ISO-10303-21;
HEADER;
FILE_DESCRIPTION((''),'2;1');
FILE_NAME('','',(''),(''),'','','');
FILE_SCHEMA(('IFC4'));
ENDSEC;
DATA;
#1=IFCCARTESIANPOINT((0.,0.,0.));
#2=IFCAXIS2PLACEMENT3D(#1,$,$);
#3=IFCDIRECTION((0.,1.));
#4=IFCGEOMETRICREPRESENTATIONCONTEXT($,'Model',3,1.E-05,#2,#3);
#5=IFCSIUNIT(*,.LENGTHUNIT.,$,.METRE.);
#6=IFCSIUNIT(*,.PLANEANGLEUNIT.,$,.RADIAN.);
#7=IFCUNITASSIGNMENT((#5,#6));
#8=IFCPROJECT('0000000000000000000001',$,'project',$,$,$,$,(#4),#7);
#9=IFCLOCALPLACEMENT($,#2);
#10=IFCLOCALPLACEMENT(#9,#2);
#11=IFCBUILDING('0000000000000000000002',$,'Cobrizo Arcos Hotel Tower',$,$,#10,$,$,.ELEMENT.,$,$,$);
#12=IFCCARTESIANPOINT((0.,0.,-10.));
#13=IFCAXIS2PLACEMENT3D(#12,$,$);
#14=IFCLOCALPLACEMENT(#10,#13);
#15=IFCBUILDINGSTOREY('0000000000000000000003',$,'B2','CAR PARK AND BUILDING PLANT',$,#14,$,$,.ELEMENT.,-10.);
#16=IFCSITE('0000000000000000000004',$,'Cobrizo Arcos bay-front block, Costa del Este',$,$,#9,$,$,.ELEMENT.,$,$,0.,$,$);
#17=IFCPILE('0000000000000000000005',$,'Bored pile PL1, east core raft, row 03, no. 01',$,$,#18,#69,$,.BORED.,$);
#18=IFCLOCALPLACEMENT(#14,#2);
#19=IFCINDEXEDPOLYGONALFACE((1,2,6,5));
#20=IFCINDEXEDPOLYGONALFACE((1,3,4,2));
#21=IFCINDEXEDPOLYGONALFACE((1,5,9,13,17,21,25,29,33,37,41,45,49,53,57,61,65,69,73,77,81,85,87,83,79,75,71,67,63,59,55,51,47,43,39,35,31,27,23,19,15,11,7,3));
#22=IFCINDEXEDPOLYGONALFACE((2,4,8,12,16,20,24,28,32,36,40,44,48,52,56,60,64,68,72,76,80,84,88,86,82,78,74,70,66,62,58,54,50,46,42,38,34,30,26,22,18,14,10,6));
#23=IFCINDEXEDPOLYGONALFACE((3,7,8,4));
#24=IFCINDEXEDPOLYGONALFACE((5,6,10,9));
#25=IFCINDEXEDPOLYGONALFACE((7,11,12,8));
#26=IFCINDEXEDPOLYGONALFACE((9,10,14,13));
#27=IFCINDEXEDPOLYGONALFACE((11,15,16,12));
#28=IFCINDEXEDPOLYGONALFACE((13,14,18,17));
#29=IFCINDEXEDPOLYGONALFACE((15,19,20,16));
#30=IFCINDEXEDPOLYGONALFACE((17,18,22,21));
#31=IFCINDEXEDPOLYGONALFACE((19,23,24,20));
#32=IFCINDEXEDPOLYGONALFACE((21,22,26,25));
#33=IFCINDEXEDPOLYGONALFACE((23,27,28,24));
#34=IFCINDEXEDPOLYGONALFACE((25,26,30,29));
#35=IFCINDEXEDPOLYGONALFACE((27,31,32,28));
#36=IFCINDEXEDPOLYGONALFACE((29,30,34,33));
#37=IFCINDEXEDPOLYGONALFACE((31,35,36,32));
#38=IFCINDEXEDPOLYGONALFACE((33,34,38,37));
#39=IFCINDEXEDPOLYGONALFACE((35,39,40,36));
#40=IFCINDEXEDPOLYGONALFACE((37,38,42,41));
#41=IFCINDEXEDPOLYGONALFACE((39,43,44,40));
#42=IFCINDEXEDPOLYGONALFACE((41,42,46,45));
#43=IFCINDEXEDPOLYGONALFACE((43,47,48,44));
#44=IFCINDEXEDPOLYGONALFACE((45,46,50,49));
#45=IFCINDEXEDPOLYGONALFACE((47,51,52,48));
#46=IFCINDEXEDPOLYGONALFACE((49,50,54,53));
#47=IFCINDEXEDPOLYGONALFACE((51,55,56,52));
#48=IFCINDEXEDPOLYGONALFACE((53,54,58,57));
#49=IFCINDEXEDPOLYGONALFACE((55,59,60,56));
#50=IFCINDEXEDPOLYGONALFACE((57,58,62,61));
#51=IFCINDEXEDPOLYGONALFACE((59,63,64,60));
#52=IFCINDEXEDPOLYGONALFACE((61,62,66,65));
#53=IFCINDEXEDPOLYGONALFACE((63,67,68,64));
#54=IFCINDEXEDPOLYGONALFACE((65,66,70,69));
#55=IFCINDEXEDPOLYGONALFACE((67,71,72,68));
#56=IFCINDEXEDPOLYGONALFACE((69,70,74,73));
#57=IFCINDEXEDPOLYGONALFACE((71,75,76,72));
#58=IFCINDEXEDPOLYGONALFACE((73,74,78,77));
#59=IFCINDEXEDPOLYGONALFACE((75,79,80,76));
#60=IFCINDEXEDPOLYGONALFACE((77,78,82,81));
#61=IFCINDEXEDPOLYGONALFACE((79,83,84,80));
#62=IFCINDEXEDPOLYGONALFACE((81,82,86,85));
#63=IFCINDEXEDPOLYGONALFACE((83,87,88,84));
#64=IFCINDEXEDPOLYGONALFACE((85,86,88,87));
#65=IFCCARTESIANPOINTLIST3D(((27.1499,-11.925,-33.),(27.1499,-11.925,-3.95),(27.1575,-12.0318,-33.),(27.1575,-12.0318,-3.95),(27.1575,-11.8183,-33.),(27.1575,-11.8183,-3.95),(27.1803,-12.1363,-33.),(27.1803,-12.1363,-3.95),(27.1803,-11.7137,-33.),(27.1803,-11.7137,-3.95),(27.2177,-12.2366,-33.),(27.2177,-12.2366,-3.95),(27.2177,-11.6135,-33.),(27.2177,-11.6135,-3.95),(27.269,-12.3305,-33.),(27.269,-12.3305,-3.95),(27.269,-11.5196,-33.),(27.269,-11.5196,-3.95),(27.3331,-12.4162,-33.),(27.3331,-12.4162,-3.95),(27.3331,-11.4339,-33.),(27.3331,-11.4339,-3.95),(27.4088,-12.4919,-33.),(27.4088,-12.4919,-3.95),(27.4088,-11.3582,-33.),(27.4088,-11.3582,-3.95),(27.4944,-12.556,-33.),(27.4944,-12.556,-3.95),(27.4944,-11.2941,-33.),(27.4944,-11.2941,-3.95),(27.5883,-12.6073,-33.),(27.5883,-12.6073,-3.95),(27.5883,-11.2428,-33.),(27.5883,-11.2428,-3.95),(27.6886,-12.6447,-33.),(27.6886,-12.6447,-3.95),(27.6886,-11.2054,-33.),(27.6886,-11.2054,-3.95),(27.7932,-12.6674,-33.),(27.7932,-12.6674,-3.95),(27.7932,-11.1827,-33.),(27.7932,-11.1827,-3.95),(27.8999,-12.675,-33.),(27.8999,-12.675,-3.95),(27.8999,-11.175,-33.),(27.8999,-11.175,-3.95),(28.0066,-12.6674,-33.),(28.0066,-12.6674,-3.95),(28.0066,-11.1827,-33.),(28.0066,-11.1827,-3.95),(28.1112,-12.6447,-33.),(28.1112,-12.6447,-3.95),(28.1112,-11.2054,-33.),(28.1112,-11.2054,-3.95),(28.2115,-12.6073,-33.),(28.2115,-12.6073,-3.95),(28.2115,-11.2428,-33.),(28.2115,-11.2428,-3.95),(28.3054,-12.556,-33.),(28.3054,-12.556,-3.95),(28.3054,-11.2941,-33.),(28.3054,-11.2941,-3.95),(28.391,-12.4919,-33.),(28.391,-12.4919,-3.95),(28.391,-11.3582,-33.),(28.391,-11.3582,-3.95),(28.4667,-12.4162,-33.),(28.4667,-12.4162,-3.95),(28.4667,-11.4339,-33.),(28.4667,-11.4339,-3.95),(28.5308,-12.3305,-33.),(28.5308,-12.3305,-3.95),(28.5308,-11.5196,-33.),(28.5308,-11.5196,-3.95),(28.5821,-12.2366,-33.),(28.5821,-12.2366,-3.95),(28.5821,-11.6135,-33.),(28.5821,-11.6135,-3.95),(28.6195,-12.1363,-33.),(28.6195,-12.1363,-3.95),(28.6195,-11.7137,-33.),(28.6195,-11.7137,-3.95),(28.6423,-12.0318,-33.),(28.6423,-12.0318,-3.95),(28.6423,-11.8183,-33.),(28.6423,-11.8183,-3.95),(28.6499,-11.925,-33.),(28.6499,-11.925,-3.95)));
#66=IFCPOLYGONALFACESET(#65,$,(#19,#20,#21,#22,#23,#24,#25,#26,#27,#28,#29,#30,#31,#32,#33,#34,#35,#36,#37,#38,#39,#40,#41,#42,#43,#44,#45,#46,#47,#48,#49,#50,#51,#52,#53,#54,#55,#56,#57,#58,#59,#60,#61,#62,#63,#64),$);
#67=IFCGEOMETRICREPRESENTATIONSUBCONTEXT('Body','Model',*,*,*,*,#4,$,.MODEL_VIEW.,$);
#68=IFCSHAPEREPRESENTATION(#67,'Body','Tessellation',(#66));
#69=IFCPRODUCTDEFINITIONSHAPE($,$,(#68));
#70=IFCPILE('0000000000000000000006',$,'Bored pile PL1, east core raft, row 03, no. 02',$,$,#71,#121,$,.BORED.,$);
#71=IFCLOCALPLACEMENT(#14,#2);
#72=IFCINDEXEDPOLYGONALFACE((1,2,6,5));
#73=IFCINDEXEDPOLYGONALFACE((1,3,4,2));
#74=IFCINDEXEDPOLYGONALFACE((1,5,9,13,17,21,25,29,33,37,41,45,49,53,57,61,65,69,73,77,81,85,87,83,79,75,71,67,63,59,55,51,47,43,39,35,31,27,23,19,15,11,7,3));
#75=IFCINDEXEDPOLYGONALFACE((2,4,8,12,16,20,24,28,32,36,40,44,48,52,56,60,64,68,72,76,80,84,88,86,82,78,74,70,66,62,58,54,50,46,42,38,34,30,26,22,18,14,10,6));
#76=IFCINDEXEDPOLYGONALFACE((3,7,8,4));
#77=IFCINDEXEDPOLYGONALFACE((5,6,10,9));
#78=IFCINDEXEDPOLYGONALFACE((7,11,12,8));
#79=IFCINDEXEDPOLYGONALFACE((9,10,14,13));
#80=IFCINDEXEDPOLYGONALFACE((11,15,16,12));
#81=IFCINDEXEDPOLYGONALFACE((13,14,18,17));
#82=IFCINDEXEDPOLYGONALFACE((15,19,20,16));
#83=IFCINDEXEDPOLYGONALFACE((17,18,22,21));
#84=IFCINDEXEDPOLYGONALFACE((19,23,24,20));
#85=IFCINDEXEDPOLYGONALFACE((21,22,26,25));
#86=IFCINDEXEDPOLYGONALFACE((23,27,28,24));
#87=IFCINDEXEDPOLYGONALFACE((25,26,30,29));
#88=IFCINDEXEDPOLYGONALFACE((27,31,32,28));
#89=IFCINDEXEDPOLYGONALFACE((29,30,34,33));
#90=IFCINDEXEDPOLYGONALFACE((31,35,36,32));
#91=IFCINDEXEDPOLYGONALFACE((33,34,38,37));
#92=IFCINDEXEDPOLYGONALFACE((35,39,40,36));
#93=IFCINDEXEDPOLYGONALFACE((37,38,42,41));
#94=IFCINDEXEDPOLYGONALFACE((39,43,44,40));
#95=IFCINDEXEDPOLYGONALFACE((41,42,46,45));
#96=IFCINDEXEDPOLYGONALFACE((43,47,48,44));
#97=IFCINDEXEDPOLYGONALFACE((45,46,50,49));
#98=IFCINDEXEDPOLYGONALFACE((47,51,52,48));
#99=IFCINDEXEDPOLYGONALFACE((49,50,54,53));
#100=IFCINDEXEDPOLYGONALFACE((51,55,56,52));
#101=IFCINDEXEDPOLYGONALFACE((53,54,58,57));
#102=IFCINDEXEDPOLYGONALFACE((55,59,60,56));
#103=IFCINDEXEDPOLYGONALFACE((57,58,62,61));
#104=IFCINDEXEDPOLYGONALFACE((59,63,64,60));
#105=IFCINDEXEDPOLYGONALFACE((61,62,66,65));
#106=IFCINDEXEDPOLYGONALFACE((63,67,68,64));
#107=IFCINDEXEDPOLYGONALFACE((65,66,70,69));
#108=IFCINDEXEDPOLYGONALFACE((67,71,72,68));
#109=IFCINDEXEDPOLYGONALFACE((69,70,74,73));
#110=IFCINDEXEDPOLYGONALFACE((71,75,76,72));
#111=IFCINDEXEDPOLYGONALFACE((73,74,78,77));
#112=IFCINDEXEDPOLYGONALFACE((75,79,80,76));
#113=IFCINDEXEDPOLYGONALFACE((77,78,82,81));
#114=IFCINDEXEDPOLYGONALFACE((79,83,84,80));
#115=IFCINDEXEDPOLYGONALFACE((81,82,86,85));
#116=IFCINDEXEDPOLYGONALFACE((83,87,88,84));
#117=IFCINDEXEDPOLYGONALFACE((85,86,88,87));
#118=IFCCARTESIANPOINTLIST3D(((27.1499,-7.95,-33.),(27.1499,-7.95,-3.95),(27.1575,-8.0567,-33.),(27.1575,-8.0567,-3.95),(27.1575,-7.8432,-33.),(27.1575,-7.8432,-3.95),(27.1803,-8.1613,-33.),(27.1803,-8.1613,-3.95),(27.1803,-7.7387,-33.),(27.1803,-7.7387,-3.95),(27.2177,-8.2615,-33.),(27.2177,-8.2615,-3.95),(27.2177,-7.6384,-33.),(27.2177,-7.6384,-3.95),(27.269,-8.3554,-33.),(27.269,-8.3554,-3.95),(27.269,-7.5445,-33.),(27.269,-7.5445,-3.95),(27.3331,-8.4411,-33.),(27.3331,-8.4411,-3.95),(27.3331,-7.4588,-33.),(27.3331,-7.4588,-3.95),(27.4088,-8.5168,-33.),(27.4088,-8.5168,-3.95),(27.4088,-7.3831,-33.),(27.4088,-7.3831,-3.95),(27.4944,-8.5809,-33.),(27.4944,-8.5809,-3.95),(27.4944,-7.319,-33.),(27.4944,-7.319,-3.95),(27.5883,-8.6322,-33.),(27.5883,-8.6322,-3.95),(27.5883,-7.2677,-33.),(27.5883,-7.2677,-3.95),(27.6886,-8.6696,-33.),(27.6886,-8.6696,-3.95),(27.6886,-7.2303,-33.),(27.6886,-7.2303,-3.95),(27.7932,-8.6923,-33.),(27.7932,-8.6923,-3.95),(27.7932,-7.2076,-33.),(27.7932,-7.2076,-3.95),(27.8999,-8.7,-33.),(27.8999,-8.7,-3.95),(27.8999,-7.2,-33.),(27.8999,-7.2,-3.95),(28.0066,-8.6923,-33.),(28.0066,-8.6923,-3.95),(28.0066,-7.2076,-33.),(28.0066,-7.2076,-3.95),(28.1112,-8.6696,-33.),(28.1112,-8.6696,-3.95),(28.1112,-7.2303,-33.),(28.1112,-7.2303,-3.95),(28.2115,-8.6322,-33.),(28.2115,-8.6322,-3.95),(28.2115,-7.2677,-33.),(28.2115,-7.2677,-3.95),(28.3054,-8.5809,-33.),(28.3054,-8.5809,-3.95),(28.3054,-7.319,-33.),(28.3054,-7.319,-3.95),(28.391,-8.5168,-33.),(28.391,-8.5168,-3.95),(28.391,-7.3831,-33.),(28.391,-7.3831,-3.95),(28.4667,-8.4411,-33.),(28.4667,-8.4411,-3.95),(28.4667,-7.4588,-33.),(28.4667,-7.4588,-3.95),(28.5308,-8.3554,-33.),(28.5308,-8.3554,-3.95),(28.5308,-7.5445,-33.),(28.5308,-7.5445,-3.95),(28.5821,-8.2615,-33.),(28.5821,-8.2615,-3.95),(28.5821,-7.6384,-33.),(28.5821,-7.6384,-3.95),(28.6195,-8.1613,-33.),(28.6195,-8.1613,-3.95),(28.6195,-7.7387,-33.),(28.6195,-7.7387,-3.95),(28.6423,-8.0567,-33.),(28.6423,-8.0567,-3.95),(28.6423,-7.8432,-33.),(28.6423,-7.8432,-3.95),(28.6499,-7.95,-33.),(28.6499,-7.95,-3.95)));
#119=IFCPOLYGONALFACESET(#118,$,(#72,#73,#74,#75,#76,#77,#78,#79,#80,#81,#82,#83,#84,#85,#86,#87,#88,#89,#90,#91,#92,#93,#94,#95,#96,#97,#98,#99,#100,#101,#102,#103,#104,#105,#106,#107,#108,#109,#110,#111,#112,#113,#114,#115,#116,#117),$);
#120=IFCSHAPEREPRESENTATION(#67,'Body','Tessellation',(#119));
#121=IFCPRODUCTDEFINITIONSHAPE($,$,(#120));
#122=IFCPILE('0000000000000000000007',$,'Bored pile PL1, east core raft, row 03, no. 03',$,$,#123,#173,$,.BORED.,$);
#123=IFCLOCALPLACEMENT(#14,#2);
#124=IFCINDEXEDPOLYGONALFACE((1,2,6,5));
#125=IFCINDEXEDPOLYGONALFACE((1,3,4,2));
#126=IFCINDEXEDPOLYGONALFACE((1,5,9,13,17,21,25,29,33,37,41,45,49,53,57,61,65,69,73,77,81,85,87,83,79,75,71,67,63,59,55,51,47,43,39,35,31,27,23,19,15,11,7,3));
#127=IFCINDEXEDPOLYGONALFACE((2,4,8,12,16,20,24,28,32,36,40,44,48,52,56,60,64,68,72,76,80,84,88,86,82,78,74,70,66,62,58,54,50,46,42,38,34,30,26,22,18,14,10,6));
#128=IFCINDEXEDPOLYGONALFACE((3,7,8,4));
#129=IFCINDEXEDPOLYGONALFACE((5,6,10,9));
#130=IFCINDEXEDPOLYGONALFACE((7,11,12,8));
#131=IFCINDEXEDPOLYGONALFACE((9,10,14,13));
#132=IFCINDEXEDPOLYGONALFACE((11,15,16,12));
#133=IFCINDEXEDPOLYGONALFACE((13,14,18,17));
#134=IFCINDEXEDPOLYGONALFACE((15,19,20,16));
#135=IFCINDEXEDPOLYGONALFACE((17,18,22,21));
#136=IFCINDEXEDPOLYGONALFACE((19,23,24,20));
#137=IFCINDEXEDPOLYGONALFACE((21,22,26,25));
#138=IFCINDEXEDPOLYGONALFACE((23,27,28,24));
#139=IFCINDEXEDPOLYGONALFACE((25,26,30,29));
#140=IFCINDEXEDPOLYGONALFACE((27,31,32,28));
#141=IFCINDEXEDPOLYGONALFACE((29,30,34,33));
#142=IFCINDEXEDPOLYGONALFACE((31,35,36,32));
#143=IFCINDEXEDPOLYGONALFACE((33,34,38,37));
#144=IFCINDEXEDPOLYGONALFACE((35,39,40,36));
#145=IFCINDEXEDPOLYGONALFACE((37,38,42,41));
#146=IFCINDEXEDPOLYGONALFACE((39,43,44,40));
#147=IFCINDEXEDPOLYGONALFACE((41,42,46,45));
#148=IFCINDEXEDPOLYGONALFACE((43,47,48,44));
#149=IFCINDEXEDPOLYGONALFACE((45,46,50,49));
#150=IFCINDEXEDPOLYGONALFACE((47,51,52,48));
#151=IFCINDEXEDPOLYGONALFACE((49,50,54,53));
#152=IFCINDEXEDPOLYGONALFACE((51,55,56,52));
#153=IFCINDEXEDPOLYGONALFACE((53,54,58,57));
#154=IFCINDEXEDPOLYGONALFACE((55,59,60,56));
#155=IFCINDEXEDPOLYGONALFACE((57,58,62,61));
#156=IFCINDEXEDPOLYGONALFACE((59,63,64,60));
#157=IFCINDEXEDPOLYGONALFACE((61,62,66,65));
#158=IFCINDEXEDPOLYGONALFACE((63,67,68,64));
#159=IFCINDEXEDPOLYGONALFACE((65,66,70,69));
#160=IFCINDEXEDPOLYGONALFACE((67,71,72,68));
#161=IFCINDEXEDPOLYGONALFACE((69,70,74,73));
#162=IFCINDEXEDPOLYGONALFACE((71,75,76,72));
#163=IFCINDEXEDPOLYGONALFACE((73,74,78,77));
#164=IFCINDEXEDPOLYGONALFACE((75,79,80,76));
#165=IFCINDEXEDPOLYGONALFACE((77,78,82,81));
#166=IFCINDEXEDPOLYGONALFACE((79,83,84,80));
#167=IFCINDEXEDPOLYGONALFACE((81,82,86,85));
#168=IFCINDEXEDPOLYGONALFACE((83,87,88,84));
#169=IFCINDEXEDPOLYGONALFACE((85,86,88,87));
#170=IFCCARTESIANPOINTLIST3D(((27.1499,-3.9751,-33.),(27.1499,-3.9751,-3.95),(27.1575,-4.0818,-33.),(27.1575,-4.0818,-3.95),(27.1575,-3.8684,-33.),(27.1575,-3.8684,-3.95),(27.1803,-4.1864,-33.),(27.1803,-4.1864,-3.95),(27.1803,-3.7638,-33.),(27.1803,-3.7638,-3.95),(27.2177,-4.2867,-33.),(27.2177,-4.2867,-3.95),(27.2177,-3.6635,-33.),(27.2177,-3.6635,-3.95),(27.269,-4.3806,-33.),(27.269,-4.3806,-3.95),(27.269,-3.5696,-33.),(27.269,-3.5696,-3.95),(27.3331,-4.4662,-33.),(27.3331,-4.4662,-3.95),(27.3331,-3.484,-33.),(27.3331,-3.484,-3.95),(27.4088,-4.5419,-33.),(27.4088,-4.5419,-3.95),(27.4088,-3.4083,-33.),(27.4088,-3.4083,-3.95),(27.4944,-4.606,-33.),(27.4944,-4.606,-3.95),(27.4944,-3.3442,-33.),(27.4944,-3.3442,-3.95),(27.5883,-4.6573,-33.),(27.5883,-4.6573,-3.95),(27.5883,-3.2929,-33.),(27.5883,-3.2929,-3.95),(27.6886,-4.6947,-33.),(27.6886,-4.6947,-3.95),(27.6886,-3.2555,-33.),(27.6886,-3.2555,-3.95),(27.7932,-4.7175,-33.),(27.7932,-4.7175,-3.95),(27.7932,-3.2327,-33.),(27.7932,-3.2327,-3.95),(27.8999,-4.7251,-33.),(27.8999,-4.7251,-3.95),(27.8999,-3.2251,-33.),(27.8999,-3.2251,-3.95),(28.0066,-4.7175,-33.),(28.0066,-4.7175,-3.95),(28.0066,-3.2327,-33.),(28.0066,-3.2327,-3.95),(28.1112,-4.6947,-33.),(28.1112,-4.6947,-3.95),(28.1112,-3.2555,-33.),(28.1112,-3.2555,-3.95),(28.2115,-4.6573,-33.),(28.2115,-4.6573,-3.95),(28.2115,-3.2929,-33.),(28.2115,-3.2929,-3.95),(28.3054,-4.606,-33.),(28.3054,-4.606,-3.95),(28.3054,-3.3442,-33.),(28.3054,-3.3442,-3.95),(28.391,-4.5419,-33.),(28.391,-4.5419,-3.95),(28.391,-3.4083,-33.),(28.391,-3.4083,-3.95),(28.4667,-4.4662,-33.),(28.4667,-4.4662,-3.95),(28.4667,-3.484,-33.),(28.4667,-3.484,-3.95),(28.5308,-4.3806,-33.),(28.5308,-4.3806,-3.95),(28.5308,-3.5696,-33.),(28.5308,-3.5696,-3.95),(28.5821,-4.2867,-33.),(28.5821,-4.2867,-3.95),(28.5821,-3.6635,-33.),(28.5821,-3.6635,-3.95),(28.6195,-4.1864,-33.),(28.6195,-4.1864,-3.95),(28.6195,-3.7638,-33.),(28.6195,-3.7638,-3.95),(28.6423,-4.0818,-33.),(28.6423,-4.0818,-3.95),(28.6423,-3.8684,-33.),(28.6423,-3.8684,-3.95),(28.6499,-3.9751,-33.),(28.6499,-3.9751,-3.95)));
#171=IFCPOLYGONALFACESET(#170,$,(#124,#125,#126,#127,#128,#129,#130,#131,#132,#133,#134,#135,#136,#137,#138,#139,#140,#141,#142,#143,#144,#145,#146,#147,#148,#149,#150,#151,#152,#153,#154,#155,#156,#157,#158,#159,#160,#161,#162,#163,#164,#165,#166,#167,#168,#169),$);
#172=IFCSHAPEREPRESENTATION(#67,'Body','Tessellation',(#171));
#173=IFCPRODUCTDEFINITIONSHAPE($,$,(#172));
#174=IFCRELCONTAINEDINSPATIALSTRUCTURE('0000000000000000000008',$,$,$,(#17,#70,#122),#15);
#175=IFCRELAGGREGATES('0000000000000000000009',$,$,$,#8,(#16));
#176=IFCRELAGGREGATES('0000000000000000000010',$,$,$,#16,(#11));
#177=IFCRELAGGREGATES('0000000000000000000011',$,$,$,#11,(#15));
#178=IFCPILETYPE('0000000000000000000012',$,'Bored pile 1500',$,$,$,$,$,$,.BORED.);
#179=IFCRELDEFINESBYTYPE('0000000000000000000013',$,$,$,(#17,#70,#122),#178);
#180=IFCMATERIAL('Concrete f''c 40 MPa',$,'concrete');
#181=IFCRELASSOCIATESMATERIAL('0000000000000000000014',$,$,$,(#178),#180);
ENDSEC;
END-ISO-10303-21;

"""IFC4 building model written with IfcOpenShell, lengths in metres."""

from ifc_helpers import new_model, si_unit, direction, frame, origin, origin_2d, place, context, subcontext, project, spatial, circle, extrude, material, material_profile, profile_set, type_object, element, save


model = new_model("IFC4")

# Units and contexts
model_context = context("Model", 3, precision=1e-05, world=origin(), true_north=direction((0.0, 1.0)))
body_context = subcontext(model_context, "Body", "Model", "MODEL_VIEW")
ifc_project = project(units=[si_unit("LENGTHUNIT", "METRE"), si_unit("PLANEANGLEUNIT", "RADIAN")], contexts=[model_context])

# Site, building, storey
site_placement = place(None, origin())
site = spatial("IfcSite", under=ifc_project, at=site_placement, Name="Cobrizo Arcos bay-front block, Costa del Este", CompositionType="ELEMENT", RefElevation=0.0)
building_placement = place(site_placement, origin())
building = spatial("IfcBuilding", under=site, at=building_placement, Name="Cobrizo Arcos Hotel Tower", CompositionType="ELEMENT")
storey_placement = place(building_placement, frame((0.0, 0.0, -10.0)))
storey = spatial("IfcBuildingStorey", under=building, at=storey_placement, Name="B2", Description="CAR PARK AND BUILDING PLANT", CompositionType="ELEMENT", Elevation=-10.0)

# Piles
ifc_material_1 = material(Name="Concrete f'c 40 MPa", Category="concrete")
ifc_material_profile_1 = material_profile(ifc_material_1, circle(Radius=0.75, at=origin_2d()), Name="BORED PILE 1500")
ifc_profile_set_1 = profile_set([ifc_material_profile_1], Name="Concrete f'c 40 MPa")
pile_type = type_object("IfcPileType", Name="Bored pile 1500", PredefinedType="BORED", material=ifc_profile_set_1)
for number, where, z_axis, x_axis, name in (
    (1, (27.8999, -11.925, -3.95), (0.0, 0.0, -1.0), (1.0, 0.0, 0.0), "Bored pile PL1, east core raft, row 03, no. 01"),
    (2, (27.8999, -7.95, -3.95), (0.0, 0.0, -1.0), (1.0, 0.0, 0.0), "Bored pile PL1, east core raft, row 03, no. 02"),
    (3, (27.8999, -3.9751, -3.95), (0.0, 0.0, -1.0), (1.0, 0.0, 0.0), "Bored pile PL1, east core raft, row 03, no. 03"),
):
    element("IfcPile", number, at=place(storey_placement, frame(where, z_axis=z_axis, x_axis=x_axis)), inside=storey, type_object=pile_type, Name=name, PredefinedType="BORED", context=body_context, shape_type="SweptSolid", body=[
        extrude(circle(Radius=0.75, at=origin_2d()), origin(), (0.0, 0.0, 1.0), 29.05),
    ])

save(model, "model.ifc")
